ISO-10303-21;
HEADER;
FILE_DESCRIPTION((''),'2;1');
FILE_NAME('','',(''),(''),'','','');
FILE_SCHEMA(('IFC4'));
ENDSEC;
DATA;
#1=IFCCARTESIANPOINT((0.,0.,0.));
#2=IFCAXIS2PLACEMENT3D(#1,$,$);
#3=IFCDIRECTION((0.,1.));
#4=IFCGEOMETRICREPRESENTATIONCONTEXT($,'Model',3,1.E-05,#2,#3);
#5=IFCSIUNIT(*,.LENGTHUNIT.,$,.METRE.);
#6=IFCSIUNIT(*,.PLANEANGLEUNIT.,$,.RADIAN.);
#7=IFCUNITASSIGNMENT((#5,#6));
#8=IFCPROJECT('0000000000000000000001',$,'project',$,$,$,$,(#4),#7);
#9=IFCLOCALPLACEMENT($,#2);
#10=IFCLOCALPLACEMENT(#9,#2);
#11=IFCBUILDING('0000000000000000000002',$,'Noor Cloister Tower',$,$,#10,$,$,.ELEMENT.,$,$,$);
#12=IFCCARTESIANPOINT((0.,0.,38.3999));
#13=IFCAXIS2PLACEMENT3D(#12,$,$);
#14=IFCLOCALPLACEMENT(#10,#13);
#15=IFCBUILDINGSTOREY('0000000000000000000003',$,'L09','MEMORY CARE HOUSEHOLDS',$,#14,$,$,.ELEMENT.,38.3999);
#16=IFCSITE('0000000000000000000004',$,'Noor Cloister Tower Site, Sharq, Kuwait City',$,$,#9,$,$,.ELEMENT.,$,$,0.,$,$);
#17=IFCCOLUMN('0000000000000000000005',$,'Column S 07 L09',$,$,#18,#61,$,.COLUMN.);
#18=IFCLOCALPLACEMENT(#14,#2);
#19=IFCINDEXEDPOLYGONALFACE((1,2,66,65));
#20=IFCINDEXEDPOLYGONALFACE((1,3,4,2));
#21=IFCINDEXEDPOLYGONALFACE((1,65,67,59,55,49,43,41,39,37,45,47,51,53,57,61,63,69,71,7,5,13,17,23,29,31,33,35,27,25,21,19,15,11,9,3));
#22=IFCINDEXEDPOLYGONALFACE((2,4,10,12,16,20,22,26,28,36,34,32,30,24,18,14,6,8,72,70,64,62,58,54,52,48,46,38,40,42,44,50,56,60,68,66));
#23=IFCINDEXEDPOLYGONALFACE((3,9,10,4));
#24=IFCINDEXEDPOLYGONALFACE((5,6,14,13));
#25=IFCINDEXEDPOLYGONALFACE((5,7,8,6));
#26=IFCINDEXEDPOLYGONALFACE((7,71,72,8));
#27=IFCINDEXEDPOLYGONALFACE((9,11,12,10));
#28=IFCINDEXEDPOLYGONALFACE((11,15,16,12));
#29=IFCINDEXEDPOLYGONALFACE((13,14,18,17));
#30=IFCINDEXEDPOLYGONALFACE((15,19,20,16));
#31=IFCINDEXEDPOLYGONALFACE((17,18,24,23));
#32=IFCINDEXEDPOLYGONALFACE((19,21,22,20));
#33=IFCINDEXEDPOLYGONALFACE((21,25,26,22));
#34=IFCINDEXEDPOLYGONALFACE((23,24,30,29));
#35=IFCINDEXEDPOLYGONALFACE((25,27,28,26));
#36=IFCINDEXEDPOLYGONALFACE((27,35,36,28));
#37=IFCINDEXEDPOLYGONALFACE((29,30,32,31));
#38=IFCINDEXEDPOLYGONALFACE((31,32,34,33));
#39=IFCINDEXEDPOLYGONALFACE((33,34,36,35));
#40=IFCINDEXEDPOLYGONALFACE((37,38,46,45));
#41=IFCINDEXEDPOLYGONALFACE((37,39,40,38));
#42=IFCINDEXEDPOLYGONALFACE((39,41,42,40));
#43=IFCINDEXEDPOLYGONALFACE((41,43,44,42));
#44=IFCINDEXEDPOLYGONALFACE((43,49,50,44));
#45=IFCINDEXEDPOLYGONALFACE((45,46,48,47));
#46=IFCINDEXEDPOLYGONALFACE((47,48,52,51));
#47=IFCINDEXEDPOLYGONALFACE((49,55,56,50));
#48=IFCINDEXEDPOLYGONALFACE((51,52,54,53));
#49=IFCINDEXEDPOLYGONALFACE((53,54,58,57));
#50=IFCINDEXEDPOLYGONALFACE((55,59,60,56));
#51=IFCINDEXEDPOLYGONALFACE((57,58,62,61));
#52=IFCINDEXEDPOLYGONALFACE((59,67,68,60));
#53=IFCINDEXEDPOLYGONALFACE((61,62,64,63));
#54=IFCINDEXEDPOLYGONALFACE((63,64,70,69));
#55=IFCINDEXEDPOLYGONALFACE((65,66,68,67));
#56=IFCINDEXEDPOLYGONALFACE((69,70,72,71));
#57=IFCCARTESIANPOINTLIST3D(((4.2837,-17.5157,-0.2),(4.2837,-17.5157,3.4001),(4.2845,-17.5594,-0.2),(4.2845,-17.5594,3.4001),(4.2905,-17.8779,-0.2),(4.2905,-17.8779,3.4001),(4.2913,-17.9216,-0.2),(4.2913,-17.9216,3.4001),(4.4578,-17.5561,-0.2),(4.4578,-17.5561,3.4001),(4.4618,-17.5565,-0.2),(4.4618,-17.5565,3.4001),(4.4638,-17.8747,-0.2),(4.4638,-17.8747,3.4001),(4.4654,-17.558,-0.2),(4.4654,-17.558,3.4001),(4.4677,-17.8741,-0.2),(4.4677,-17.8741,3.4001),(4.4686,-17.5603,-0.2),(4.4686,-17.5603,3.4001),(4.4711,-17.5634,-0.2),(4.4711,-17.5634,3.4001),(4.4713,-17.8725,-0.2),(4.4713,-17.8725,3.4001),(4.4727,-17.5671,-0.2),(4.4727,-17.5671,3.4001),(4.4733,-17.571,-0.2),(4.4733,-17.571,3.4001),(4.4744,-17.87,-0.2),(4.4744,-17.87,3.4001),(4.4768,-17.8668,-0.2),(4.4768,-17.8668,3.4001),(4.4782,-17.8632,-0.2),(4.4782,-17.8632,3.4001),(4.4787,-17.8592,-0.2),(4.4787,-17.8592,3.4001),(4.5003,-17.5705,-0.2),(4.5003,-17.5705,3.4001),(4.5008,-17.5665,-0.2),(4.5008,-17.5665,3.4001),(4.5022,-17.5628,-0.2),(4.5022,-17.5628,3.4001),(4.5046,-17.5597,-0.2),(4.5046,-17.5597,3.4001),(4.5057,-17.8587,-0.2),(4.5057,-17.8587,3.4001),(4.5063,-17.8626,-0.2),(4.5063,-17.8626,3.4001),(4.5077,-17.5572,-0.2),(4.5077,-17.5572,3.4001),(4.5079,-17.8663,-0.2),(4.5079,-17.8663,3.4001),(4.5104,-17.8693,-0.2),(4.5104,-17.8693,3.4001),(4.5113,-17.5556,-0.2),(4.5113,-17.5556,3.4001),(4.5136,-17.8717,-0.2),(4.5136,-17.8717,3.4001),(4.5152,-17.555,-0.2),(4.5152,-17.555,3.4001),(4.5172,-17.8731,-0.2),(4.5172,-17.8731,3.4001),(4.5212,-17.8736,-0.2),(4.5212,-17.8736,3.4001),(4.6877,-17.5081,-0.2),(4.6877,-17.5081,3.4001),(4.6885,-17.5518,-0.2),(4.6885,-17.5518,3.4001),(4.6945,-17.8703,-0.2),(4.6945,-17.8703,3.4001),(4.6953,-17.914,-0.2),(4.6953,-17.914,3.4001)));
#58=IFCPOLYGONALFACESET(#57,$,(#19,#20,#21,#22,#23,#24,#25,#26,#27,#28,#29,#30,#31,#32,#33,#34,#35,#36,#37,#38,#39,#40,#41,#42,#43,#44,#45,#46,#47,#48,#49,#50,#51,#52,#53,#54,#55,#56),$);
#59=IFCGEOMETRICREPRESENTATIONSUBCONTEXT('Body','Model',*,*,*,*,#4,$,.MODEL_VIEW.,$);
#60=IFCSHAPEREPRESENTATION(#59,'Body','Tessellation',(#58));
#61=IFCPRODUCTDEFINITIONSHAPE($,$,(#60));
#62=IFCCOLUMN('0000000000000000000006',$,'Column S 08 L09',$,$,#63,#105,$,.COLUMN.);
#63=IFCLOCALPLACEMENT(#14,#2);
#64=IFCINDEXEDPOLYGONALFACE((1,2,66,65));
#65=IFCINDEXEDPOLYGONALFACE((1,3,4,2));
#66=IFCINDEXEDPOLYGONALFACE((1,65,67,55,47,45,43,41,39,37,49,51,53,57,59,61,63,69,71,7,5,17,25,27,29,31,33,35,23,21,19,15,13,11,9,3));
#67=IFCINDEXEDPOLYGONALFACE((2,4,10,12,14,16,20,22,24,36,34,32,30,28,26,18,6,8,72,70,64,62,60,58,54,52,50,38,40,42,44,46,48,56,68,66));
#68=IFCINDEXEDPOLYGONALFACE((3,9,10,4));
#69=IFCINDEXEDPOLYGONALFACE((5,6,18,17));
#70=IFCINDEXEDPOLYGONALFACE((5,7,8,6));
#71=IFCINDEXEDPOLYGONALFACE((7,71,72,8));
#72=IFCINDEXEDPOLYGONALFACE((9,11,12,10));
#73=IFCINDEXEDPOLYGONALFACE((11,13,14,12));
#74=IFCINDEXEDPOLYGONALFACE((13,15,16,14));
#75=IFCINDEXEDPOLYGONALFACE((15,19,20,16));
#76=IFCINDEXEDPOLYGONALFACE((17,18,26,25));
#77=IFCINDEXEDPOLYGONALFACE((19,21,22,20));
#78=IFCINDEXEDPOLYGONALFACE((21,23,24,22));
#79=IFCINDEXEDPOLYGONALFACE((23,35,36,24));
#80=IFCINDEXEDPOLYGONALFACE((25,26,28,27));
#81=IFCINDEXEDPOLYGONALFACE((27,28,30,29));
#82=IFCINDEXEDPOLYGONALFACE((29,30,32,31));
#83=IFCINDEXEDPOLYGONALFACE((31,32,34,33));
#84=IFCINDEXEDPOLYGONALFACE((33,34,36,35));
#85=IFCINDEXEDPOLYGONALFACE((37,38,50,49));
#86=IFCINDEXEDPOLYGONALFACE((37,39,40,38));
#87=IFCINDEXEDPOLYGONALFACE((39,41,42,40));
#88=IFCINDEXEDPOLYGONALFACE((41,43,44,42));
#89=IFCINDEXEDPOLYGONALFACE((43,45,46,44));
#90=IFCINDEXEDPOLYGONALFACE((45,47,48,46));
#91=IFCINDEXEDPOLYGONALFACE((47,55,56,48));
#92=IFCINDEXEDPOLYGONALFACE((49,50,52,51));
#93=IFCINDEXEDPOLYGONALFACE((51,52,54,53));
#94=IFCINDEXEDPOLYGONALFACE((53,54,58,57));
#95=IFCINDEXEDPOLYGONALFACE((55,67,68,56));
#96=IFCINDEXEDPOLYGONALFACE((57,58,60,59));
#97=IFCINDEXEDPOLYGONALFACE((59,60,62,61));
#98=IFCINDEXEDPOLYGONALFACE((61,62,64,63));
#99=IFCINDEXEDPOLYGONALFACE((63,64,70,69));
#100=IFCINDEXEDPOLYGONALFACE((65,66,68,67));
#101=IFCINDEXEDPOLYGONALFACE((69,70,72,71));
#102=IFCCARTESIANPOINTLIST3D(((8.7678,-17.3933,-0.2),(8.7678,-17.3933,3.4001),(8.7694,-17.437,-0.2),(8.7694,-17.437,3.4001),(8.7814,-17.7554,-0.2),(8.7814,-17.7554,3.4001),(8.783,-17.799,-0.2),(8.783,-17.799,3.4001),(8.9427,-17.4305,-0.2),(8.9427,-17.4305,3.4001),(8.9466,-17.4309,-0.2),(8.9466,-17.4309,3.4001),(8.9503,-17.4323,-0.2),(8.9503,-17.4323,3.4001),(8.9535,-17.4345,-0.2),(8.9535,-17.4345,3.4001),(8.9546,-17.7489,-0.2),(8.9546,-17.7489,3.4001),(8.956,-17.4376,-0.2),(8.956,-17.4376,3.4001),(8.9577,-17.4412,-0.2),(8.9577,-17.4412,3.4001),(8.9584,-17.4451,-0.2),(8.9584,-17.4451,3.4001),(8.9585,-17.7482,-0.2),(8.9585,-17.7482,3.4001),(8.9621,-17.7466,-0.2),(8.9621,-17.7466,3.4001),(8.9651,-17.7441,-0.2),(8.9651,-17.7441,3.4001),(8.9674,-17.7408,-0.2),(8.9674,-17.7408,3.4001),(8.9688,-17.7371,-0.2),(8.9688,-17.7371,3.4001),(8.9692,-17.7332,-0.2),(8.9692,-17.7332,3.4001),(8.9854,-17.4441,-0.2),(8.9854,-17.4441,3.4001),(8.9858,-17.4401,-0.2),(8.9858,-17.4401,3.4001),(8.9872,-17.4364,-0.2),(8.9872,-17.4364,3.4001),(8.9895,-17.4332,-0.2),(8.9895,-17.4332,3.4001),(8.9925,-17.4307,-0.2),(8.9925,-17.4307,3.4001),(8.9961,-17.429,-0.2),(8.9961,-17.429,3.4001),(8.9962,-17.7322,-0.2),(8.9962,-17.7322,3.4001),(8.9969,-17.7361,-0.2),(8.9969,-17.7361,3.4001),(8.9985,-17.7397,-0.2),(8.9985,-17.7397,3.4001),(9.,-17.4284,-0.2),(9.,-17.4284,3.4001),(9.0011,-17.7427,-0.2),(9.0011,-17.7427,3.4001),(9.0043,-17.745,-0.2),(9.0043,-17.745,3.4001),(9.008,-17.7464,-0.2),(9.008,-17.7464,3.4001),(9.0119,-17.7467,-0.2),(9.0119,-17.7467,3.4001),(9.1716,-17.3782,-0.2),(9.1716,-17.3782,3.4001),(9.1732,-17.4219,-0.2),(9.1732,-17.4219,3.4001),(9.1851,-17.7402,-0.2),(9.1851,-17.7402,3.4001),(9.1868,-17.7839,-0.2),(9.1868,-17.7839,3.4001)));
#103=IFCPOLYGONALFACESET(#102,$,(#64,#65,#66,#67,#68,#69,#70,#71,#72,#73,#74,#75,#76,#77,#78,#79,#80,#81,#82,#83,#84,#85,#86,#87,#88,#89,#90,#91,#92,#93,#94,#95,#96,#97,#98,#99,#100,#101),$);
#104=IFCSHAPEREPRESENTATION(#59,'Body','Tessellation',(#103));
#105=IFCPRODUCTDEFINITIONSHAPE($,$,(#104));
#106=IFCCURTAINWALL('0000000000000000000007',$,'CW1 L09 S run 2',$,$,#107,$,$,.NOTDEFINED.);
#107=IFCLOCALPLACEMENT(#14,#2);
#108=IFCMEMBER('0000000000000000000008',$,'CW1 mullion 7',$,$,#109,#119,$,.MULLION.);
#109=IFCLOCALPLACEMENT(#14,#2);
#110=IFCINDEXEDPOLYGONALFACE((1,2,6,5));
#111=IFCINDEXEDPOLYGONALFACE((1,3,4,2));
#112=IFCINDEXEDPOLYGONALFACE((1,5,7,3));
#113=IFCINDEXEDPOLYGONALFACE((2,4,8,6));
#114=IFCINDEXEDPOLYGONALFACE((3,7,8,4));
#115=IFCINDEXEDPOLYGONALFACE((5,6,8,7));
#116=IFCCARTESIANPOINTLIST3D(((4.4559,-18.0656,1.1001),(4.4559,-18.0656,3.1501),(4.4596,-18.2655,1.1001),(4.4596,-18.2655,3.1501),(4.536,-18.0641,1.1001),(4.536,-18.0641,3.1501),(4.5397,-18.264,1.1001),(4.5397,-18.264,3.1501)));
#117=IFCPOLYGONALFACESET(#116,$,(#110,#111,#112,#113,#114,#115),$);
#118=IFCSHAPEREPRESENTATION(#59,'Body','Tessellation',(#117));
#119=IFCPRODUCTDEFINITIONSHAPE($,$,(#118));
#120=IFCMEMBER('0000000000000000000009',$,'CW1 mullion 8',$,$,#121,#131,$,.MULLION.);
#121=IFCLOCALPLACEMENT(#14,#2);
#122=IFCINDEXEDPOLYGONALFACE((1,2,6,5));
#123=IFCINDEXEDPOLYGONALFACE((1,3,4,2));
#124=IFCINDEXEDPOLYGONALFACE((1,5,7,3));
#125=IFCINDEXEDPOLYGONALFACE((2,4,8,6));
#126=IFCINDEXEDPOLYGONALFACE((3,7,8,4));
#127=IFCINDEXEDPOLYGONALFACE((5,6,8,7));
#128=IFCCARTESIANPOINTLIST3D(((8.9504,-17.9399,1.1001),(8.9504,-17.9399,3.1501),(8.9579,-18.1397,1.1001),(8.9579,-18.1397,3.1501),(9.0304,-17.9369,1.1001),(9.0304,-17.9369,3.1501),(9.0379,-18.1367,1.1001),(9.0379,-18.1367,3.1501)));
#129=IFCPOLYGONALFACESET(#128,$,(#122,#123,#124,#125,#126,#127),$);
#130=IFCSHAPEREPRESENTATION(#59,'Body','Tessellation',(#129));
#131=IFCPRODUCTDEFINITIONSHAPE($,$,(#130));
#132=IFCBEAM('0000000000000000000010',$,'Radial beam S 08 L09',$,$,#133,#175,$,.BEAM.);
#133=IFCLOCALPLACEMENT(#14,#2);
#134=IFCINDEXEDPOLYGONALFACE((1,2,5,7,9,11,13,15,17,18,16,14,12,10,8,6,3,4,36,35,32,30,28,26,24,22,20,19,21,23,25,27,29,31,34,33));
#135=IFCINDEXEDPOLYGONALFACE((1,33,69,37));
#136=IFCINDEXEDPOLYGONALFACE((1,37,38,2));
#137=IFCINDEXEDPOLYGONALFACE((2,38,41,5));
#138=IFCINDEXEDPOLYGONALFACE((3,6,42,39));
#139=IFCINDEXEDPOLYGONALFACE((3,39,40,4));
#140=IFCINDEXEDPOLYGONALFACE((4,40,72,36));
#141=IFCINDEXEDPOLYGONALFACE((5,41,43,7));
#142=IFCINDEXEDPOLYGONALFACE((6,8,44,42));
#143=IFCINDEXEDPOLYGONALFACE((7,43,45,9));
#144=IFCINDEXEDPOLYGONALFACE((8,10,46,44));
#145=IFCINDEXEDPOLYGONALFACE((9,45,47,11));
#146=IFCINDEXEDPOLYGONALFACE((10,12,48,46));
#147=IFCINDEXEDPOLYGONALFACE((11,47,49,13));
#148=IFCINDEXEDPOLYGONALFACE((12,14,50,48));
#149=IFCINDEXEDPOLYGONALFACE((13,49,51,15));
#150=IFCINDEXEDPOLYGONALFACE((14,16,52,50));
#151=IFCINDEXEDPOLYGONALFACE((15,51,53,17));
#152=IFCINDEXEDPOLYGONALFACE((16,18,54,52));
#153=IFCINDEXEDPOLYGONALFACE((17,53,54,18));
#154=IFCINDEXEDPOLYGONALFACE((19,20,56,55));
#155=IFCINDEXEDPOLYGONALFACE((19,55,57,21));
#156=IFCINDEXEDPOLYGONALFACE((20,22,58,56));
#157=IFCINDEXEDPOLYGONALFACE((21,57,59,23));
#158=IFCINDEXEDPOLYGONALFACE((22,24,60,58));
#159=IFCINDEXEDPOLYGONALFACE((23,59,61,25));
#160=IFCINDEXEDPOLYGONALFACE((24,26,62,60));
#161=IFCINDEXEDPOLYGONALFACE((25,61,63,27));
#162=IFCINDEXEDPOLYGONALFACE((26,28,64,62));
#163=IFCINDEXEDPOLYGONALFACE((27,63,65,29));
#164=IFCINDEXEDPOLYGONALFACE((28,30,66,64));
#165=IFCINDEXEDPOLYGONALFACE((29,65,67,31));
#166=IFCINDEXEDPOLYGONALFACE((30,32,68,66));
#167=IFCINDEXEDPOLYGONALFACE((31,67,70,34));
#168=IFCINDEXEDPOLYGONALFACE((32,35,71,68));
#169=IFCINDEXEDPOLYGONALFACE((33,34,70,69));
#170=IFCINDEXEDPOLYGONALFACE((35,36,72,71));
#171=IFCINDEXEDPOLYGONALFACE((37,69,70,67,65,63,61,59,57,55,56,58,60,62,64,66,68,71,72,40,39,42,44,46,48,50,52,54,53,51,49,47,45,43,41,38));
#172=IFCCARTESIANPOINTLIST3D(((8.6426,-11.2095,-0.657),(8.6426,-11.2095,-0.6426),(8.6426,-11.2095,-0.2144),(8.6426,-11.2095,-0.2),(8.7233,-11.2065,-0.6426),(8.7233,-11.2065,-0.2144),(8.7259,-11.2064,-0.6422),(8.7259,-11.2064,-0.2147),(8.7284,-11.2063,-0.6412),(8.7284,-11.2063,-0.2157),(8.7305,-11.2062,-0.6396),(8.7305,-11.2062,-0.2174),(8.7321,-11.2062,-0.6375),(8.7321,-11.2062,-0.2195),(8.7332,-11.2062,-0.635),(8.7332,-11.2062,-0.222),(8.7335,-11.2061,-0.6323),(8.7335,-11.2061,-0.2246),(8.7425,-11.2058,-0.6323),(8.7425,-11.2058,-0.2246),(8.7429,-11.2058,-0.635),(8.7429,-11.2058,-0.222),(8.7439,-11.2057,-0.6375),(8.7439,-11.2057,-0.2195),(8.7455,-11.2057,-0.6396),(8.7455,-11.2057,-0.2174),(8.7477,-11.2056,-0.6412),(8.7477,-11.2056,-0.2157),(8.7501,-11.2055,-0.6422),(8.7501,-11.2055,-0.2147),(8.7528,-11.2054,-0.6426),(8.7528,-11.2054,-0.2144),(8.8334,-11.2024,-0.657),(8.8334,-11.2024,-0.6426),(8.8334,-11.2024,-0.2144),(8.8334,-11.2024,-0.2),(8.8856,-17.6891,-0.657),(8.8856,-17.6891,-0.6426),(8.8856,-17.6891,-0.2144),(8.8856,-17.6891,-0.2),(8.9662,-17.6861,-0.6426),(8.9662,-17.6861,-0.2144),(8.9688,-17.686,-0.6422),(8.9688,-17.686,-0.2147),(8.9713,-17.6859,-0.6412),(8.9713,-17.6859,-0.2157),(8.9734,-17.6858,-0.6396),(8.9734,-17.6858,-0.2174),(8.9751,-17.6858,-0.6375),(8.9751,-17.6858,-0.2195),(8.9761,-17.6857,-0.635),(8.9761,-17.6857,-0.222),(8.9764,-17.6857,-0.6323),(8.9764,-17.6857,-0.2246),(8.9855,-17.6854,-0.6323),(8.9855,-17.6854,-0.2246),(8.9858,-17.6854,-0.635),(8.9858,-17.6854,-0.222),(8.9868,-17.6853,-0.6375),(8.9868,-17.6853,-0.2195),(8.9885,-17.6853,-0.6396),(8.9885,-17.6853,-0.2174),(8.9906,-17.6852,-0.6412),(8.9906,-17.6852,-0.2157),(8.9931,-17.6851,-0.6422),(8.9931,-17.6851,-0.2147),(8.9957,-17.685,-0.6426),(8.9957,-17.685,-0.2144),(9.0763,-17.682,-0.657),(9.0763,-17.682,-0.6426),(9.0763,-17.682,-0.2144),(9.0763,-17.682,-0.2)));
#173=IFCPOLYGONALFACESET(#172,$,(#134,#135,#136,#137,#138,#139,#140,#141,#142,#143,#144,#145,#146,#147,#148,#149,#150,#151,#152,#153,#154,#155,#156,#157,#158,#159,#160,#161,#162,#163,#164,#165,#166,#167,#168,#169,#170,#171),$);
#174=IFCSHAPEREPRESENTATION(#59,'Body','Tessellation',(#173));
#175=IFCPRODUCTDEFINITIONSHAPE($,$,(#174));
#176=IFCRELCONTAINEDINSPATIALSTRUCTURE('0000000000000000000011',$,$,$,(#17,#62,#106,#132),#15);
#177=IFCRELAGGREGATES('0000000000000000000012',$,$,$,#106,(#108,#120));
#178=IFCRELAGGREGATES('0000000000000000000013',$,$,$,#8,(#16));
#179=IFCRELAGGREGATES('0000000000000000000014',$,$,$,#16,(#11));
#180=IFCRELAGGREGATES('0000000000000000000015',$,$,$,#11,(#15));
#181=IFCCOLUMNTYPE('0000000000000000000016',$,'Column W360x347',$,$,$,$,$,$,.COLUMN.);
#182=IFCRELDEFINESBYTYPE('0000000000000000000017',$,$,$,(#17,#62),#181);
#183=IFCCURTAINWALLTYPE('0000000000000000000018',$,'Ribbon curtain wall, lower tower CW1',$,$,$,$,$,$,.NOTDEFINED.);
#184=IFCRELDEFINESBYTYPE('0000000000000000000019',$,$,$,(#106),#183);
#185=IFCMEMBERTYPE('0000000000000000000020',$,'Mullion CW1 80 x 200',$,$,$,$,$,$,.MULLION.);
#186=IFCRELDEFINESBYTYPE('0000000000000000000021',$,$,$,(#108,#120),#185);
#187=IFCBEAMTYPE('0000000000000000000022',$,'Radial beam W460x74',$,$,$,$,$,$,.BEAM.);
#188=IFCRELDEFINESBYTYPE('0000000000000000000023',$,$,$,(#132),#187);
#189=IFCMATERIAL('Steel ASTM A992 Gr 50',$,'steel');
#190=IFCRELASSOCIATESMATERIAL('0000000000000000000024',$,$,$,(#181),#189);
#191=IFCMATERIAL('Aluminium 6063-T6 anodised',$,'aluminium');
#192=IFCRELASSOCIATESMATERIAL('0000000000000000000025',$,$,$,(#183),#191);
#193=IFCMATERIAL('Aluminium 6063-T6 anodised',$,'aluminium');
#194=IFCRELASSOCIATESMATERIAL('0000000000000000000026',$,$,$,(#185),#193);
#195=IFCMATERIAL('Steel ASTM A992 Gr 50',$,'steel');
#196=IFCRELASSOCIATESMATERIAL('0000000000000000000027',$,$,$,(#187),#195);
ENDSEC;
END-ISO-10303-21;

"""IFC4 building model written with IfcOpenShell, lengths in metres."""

from ifc_helpers import new_model, si_unit, direction, frame, origin, origin_2d, place, context, subcontext, project, spatial, rectangle, i_section, extrude, material, material_profile, profile_set, type_object, element, aggregate, save


model = new_model("IFC4")

# Units and contexts
model_context = context("Model", 3, precision=1e-05, world=origin(), true_north=direction((0.0, 1.0)))
body_context = subcontext(model_context, "Body", "Model", "MODEL_VIEW")
ifc_project = project(units=[si_unit("LENGTHUNIT", "METRE"), si_unit("PLANEANGLEUNIT", "RADIAN")], contexts=[model_context])

# Site, building, storey
site_placement = place(None, origin())
site = spatial("IfcSite", under=ifc_project, at=site_placement, Name="Noor Cloister Tower Site, Sharq, Kuwait City", CompositionType="ELEMENT", RefElevation=0.0)
building_placement = place(site_placement, origin())
building = spatial("IfcBuilding", under=site, at=building_placement, Name="Noor Cloister Tower", CompositionType="ELEMENT")
storey_placement = place(building_placement, frame((0.0, 0.0, 38.3999)))
storey = spatial("IfcBuildingStorey", under=building, at=storey_placement, Name="L09", Description="MEMORY CARE HOUSEHOLDS", CompositionType="ELEMENT", Elevation=38.3999)

# Columns
ifc_material_1 = material(Name="Steel ASTM A992 Gr 50", Category="steel")
ifc_material_profile_1 = material_profile(ifc_material_1, i_section(OverallWidth=0.4041, OverallDepth=0.406, WebThickness=0.0271, FlangeThickness=0.0437, FilletRadius=0.0151, at=origin_2d()), Name="W360x347")
ifc_profile_set_1 = profile_set([ifc_material_profile_1], Name="Steel ASTM A992 Gr 50")
column_type = type_object("IfcColumnType", Name="Column W360x347", PredefinedType="COLUMN", material=ifc_profile_set_1)
for number, where, z_axis, x_axis, name in (
    (1, (4.4895, -17.7148, -0.2), (0.0, 0.0, 1.0), (0.999825, 0.018726, 0.0), "Column S 07 L09"),
    (2, (8.9773, -17.5886, -0.2), (0.0, 0.0, 1.0), (0.999299, 0.037446, 0.0), "Column S 08 L09"),
):
    element("IfcColumn", number, at=place(storey_placement, frame(where, z_axis=z_axis, x_axis=x_axis)), inside=storey, type_object=column_type, Name=name, PredefinedType="COLUMN", context=body_context, shape_type="SweptSolid", body=[
        extrude(i_section(OverallWidth=0.4041, OverallDepth=0.406, WebThickness=0.0271, FlangeThickness=0.0437, FilletRadius=0.0151, at=origin_2d()), origin(), (0.0, 0.0, 1.0), 3.6001),
    ])

# Curtain wall, members
ifc_material_2 = material(Name="Aluminium 6063-T6 anodised", Category="aluminium")
curtain_wall_type = type_object("IfcCurtainWallType", Name="Ribbon curtain wall, lower tower CW1", PredefinedType="NOTDEFINED", material=ifc_material_2)
curtain_wall_placement = place(storey_placement, origin())
curtain_wall = element("IfcCurtainWall", 3, at=curtain_wall_placement, inside=storey, type_object=curtain_wall_type, Name="CW1 L09 S run 2", PredefinedType="NOTDEFINED")
ifc_material_3 = material(Name="Aluminium 6063-T6 anodised", Category="aluminium")
ifc_material_profile_2 = material_profile(ifc_material_3, rectangle(XDim=0.2, YDim=0.0801, at=origin_2d()), Name="200 x 80 mullion")
ifc_profile_set_2 = profile_set([ifc_material_profile_2], Name="Aluminium 6063-T6 anodised")
member_type = type_object("IfcMemberType", Name="Mullion CW1 80 x 200", PredefinedType="MULLION", material=ifc_profile_set_2)
member_1_placement = place(storey_placement, frame((4.4978, -18.1648, 1.1001), z_axis=(0.0, 0.0, 1.0), x_axis=(-0.018726, 0.999825, 0.0)))
member_1 = element("IfcMember", 4, at=member_1_placement, type_object=member_type, Name="CW1 mullion 7", PredefinedType="MULLION", context=body_context, shape_type="SweptSolid", body=[
    extrude(rectangle(XDim=0.2, YDim=0.0801, at=origin_2d()), origin(), (0.0, 0.0, 1.0), 2.05),
])
member_2_placement = place(storey_placement, frame((8.9941, -18.0383, 1.1001), z_axis=(0.0, 0.0, 1.0), x_axis=(-0.037446, 0.999299, 0.0)))
member_2 = element("IfcMember", 5, at=member_2_placement, type_object=member_type, Name="CW1 mullion 8", PredefinedType="MULLION", context=body_context, shape_type="SweptSolid", body=[
    extrude(rectangle(XDim=0.2, YDim=0.0801, at=origin_2d()), origin(), (0.0, 0.0, 1.0), 2.05),
])

# Beam
ifc_material_4 = material(Name="Steel ASTM A992 Gr 50", Category="steel")
ifc_material_profile_3 = material_profile(ifc_material_4, i_section(OverallWidth=0.1909, OverallDepth=0.457, WebThickness=0.009, FlangeThickness=0.0144, FilletRadius=0.0103, at=origin_2d()), Name="W460x74")
ifc_profile_set_3 = profile_set([ifc_material_profile_3], Name="Steel ASTM A992 Gr 50")
beam_type_1 = type_object("IfcBeamType", Name="Radial beam W460x74", PredefinedType="BEAM", material=ifc_profile_set_3)
beam_1_placement = place(storey_placement, frame((8.981, -17.6855, -0.4285), z_axis=(-0.037464, 0.999298, 0.0), x_axis=(-0.999298, -0.037464, 0.0)))
element("IfcBeam", 6, at=beam_1_placement, inside=storey, type_object=beam_type_1, Name="Radial beam S 08 L09", PredefinedType="BEAM", context=body_context, shape_type="SweptSolid", body=[
    extrude(i_section(OverallWidth=0.1909, OverallDepth=0.457, WebThickness=0.009, FlangeThickness=0.0144, FilletRadius=0.0103, at=origin_2d()), origin(), (0.0, 0.0, 1.0), 6.4841),
])

aggregate(curtain_wall, [member_1, member_2])

save(model, "model.ifc")
